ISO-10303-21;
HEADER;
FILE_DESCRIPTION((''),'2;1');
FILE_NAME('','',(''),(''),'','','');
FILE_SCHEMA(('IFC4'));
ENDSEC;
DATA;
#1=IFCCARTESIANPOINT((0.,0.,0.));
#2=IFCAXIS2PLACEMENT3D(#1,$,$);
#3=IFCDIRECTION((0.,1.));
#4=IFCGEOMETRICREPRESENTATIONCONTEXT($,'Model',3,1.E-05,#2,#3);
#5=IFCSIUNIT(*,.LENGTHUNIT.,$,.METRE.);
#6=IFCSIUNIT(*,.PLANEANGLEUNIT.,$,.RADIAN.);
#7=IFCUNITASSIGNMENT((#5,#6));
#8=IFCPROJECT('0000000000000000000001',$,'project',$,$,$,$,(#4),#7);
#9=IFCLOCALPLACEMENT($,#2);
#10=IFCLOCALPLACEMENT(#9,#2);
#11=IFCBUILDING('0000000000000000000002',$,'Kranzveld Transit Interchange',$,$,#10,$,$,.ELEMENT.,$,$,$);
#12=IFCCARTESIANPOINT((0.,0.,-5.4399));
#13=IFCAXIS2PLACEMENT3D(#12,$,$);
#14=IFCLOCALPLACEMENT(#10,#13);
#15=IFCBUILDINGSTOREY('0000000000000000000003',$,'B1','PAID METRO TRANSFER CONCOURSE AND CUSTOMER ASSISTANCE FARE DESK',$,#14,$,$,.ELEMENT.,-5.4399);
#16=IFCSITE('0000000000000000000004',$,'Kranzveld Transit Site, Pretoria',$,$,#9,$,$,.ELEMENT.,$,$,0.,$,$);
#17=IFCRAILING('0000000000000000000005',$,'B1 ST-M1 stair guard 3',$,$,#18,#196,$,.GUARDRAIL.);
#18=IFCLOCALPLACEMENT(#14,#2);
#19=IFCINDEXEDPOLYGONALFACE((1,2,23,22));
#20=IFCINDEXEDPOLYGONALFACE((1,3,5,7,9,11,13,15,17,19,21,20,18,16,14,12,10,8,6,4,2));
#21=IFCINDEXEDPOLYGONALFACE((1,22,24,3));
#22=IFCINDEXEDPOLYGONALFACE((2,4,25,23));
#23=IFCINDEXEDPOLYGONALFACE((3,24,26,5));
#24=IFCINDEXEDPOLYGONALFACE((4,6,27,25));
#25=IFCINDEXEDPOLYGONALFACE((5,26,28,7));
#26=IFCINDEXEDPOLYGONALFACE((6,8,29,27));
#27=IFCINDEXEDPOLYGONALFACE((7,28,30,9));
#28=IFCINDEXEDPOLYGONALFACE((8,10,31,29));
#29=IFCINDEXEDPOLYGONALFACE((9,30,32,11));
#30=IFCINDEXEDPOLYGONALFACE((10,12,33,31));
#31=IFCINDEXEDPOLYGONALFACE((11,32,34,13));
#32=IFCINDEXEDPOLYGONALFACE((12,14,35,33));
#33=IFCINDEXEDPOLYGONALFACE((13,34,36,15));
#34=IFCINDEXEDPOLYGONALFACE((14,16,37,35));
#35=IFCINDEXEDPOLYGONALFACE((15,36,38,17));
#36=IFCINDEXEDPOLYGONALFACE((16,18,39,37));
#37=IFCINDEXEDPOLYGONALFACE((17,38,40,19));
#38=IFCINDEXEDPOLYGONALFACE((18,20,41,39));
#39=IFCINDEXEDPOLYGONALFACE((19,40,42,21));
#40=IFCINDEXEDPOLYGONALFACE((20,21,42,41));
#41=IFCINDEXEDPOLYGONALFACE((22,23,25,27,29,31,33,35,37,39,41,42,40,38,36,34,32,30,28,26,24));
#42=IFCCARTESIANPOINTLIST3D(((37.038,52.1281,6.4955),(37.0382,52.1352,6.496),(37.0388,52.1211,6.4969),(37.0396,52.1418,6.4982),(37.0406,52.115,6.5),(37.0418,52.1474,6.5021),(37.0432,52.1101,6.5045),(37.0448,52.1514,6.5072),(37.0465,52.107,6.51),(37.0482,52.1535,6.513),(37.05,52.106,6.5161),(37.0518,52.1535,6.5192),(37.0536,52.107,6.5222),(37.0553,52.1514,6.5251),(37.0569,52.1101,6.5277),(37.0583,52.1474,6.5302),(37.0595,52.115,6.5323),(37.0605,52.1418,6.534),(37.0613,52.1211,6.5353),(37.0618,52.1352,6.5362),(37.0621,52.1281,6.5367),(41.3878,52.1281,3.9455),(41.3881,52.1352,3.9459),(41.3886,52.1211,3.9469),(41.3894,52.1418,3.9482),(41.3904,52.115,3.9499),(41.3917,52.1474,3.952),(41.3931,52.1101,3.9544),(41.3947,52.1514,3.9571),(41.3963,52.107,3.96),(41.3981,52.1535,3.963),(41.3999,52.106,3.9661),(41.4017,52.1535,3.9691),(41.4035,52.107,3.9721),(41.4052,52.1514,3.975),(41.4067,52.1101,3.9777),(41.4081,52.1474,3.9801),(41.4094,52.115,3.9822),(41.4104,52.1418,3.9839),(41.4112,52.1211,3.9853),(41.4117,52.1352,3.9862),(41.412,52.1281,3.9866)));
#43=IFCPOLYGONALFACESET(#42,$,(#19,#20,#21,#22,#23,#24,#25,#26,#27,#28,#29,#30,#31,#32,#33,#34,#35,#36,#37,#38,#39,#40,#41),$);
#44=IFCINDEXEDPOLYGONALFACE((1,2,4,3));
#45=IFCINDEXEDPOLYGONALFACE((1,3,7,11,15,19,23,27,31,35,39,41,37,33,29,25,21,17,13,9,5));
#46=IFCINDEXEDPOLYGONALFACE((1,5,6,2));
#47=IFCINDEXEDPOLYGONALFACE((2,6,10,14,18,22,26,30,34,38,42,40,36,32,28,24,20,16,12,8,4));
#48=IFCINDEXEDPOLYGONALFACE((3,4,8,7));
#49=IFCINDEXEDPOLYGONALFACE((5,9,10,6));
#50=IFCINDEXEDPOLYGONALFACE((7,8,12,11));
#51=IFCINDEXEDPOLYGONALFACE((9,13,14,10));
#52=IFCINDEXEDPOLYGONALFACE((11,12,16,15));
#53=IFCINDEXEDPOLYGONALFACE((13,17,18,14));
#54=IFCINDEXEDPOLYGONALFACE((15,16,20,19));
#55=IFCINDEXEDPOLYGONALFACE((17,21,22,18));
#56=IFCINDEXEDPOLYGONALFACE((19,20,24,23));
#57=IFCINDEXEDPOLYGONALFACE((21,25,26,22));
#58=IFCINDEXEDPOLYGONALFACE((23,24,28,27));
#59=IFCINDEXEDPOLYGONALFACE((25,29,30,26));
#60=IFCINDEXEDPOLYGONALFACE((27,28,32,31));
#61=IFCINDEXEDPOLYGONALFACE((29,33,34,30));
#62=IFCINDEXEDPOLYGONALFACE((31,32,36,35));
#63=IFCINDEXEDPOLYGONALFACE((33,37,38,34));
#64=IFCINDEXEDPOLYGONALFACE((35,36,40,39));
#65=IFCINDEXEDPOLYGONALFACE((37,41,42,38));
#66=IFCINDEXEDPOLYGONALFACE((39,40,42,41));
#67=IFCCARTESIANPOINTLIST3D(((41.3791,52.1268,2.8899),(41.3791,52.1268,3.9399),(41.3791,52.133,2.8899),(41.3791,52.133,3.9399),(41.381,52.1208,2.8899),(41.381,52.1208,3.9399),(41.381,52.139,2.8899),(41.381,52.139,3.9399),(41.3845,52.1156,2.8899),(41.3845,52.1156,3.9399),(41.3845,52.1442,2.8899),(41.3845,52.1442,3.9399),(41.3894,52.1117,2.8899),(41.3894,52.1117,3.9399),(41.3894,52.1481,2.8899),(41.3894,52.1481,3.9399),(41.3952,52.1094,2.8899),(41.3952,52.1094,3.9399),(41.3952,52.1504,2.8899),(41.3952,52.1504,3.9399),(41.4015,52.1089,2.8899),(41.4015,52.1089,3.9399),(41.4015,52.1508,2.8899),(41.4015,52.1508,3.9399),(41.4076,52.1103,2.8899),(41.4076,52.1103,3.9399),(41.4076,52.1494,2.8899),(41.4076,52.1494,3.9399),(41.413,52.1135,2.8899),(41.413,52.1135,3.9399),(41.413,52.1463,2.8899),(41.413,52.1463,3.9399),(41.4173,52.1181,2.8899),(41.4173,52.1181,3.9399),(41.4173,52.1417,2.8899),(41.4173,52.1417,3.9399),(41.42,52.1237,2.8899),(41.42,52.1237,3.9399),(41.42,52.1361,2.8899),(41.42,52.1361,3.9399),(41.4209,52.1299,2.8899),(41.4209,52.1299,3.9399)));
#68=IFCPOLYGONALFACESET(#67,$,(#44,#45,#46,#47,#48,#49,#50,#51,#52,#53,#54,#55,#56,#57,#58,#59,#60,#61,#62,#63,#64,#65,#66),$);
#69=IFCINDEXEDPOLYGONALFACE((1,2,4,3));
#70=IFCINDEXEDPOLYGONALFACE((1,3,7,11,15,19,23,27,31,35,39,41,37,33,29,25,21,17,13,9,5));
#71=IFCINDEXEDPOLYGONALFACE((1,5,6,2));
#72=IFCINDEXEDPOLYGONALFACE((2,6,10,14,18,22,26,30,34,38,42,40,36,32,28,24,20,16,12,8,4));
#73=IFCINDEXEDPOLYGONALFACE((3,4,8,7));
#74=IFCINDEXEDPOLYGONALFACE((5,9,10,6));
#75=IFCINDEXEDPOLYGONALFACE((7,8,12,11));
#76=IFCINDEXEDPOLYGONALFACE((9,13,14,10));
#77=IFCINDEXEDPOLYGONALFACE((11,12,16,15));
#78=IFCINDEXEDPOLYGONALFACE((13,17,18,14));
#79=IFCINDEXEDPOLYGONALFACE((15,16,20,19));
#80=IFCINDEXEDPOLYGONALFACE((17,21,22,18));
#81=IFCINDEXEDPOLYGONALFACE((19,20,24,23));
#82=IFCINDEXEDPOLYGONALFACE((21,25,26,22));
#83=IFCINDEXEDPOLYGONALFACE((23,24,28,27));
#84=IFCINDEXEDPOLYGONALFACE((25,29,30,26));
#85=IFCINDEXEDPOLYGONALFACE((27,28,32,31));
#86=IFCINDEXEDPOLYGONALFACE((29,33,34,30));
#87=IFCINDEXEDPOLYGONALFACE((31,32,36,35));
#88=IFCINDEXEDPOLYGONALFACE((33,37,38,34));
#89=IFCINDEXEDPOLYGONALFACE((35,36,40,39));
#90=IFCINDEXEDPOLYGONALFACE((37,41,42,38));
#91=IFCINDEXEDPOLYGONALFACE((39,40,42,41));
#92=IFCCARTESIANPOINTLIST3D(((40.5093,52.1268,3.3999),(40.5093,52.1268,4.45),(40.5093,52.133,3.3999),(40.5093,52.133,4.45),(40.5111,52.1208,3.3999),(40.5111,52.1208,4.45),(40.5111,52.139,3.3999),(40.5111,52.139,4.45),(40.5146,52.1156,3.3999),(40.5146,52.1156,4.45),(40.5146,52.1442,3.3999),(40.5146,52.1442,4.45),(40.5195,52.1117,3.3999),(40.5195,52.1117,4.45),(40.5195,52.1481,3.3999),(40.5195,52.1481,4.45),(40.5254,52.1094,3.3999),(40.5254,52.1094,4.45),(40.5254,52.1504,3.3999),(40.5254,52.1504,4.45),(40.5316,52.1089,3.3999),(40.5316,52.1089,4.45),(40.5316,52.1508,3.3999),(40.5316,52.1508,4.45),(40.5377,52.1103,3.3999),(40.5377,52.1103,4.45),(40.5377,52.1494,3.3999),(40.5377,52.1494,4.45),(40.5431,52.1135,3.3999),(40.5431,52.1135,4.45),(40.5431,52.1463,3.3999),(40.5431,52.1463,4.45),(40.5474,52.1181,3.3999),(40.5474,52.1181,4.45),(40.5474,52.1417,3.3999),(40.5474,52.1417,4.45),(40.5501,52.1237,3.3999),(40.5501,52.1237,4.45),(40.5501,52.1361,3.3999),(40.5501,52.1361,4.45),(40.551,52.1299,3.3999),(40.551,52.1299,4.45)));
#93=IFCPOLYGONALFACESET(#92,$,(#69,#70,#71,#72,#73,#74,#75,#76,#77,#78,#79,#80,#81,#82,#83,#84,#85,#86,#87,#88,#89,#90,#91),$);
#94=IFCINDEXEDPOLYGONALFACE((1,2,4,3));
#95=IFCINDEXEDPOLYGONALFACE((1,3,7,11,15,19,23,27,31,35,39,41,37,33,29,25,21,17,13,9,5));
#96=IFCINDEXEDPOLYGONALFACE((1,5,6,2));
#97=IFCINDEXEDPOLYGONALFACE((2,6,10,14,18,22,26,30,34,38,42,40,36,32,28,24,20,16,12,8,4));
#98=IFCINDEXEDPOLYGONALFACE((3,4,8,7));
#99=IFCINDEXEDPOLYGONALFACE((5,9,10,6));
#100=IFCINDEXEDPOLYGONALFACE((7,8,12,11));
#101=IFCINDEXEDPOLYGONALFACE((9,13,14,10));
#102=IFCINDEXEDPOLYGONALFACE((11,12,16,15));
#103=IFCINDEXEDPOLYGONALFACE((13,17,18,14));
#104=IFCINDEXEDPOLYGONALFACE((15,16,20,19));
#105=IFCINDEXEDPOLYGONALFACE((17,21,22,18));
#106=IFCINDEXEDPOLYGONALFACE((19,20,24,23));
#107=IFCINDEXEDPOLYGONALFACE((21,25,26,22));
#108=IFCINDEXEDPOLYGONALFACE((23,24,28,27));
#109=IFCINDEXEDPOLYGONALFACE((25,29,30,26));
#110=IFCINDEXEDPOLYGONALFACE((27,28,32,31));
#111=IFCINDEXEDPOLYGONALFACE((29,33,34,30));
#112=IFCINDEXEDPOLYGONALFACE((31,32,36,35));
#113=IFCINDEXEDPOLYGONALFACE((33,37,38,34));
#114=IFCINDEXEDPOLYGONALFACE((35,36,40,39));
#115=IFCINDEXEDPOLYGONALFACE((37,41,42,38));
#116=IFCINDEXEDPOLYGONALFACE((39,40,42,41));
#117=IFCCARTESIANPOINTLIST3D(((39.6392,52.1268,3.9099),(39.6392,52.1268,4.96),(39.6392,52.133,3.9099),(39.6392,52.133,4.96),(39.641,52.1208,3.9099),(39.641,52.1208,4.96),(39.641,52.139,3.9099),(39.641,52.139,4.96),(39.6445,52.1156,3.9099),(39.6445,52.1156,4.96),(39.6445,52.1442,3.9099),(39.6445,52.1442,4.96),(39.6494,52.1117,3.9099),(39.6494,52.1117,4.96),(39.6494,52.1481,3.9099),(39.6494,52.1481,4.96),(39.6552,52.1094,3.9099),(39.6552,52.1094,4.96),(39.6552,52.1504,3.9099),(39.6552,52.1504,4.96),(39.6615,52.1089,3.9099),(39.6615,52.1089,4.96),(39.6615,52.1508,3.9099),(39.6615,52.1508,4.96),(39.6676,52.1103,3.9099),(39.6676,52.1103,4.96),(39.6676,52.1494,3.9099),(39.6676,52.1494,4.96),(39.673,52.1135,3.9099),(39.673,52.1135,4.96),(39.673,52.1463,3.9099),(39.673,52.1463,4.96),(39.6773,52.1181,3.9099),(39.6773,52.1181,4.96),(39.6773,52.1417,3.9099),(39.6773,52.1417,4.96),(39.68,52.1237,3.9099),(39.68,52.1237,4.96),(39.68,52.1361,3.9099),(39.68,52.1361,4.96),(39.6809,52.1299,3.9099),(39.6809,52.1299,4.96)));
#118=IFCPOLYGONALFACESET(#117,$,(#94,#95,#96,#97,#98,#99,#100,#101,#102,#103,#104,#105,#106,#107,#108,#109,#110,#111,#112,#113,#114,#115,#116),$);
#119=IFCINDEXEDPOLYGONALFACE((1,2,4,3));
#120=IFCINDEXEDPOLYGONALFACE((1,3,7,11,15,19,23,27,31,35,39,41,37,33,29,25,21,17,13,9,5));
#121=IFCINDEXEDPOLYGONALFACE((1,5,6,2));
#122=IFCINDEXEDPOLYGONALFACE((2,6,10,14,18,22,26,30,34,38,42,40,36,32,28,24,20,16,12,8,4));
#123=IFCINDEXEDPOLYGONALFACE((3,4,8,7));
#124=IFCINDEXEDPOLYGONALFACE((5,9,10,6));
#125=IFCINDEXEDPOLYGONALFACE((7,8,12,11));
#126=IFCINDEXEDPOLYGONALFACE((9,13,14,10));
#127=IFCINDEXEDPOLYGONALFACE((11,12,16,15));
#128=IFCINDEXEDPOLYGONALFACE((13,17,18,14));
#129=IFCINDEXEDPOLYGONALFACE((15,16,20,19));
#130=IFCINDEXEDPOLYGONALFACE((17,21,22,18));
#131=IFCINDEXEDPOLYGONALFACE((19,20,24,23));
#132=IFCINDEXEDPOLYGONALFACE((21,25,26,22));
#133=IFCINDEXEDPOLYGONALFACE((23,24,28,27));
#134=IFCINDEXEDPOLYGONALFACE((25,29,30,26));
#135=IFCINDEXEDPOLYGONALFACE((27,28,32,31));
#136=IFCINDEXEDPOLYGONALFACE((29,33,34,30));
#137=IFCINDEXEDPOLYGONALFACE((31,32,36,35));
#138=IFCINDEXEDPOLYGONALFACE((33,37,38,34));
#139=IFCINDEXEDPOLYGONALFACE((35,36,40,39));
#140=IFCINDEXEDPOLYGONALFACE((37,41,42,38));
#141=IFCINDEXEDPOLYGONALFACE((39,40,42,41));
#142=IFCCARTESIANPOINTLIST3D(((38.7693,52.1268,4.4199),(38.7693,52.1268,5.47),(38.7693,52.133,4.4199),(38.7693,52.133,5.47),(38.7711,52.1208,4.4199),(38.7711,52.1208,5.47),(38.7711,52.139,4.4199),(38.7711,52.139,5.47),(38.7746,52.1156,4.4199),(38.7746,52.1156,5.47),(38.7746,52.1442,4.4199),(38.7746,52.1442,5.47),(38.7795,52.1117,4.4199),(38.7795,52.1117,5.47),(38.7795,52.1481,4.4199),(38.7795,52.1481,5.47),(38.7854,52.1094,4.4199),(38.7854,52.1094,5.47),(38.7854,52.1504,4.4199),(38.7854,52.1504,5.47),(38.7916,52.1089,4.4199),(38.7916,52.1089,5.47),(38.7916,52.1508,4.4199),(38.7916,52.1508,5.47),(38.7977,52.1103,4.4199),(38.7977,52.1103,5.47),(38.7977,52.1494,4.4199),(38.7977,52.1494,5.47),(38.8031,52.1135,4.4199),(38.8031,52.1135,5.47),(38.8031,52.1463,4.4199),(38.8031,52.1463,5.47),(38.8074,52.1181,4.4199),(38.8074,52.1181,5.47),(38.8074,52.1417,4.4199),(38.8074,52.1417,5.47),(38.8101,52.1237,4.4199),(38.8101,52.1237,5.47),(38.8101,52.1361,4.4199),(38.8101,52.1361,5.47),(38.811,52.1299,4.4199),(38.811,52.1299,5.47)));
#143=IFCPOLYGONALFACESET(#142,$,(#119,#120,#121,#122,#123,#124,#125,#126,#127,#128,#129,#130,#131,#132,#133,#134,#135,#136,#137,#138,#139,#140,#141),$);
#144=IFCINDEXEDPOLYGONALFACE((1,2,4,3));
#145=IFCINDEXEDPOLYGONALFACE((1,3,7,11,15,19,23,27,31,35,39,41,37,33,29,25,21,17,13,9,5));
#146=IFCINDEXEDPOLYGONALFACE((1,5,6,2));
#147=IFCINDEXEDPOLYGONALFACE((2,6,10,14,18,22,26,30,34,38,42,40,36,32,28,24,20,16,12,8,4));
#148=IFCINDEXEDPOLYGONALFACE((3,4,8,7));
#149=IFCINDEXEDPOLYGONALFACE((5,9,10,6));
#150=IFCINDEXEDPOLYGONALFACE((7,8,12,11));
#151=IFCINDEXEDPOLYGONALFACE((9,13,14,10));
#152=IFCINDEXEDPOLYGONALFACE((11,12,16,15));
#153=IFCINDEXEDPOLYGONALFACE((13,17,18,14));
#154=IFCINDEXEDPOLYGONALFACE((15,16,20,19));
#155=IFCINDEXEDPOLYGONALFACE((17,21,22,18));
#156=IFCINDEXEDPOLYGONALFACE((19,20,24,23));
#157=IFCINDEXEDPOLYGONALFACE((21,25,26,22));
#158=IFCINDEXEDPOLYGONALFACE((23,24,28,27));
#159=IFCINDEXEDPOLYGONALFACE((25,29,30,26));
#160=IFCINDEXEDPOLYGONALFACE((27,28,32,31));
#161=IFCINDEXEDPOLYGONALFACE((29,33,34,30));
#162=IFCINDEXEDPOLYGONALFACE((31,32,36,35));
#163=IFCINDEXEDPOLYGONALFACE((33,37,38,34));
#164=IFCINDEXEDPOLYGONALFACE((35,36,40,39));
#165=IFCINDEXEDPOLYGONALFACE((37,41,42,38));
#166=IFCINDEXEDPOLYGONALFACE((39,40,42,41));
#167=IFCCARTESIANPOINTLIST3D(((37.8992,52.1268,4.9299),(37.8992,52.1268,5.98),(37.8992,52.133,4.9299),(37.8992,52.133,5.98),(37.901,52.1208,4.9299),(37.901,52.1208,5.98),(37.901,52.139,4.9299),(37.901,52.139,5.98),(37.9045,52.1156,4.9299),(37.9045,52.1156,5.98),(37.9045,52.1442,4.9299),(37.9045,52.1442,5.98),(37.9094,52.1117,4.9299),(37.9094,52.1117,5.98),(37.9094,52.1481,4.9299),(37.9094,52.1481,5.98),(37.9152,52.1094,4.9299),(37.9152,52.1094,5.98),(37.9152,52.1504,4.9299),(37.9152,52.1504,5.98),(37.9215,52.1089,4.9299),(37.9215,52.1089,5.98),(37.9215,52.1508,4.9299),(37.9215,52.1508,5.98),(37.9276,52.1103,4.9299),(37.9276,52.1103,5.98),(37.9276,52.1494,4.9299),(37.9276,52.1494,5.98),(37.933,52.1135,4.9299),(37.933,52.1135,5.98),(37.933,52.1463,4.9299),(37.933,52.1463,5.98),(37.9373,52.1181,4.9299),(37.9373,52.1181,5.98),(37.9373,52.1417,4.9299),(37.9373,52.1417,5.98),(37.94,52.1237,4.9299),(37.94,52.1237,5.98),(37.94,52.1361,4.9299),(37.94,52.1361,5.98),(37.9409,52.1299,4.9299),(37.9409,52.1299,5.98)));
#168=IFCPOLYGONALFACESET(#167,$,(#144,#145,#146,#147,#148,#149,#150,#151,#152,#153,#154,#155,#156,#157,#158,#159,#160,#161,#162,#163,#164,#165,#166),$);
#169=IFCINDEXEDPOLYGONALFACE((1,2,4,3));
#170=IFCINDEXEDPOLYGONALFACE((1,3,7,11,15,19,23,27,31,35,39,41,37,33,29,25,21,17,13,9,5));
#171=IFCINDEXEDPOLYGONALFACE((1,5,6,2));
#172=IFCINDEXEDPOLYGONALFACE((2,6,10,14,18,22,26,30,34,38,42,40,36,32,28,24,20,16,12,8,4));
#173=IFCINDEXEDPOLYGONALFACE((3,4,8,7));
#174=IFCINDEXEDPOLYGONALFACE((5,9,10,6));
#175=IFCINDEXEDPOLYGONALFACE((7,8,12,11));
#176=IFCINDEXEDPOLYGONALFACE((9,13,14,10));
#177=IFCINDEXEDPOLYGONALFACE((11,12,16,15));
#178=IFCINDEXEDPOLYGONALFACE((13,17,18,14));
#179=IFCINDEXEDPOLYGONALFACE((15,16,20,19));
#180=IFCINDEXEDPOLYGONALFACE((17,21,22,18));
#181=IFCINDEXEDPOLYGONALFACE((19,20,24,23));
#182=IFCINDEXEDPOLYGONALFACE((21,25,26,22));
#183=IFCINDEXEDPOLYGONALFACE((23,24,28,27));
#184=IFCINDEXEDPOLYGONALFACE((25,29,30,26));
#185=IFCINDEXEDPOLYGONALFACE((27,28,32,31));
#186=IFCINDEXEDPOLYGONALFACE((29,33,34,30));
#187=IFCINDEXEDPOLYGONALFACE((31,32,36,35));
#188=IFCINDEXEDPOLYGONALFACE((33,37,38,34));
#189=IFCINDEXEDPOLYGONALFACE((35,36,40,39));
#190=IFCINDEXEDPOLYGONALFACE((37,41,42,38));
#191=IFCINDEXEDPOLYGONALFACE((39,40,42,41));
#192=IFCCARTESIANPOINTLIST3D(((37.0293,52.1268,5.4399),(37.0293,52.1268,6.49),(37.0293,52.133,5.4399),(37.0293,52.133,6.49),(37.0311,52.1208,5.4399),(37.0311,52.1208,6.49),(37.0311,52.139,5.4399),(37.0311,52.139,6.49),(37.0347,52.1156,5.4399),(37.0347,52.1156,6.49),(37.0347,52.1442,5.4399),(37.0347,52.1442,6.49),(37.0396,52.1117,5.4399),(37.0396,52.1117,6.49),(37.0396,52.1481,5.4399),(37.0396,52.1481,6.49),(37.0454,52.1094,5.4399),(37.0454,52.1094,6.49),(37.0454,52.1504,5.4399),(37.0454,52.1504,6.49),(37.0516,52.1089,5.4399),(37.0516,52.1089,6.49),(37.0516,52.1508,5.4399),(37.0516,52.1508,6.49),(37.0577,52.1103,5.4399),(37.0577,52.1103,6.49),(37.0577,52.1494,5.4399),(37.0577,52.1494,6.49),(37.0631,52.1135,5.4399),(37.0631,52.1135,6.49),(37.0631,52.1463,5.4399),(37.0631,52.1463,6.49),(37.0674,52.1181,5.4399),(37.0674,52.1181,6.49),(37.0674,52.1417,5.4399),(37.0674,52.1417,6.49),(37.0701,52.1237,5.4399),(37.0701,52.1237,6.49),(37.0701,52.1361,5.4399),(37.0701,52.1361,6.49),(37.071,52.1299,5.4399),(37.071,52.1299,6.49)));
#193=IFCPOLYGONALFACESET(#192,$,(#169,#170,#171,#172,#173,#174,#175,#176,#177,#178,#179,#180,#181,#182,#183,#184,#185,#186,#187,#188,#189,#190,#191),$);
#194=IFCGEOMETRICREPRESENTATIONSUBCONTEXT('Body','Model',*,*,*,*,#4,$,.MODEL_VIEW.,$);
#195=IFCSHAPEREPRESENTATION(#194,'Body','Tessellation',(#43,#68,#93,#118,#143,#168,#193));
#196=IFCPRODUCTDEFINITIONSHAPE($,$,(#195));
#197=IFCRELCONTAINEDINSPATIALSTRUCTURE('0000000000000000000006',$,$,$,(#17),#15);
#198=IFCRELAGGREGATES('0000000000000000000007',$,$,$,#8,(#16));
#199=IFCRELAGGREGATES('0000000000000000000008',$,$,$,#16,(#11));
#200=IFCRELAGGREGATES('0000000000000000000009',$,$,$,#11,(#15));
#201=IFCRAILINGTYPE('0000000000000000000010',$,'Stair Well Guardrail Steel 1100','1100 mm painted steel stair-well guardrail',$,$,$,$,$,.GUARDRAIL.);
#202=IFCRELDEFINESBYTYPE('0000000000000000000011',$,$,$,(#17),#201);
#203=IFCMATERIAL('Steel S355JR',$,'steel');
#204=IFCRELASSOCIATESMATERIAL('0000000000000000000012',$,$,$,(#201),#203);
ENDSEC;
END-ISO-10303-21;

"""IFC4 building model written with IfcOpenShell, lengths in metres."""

from ifc_helpers import new_model, si_unit, direction, frame, origin, origin_2d, place, context, subcontext, project, spatial, circle, extrude, material, type_object, element, save


model = new_model("IFC4")

# Units and contexts
model_context = context("Model", 3, precision=1e-05, world=origin(), true_north=direction((0.0, 1.0)))
body_context = subcontext(model_context, "Body", "Model", "MODEL_VIEW")
ifc_project = project(units=[si_unit("LENGTHUNIT", "METRE"), si_unit("PLANEANGLEUNIT", "RADIAN")], contexts=[model_context])

# Site, building, storey
site_placement = place(None, origin())
site = spatial("IfcSite", under=ifc_project, at=site_placement, Name="Kranzveld Transit Site, Pretoria", CompositionType="ELEMENT", RefElevation=0.0)
building_placement = place(site_placement, origin())
building = spatial("IfcBuilding", under=site, at=building_placement, Name="Kranzveld Transit Interchange", CompositionType="ELEMENT")
storey_placement = place(building_placement, frame((0.0, 0.0, -5.4399)))
storey = spatial("IfcBuildingStorey", under=building, at=storey_placement, Name="B1", Description="PAID METRO TRANSFER CONCOURSE AND CUSTOMER ASSISTANCE FARE DESK", CompositionType="ELEMENT", Elevation=-5.4399)

# Railing
ifc_material_1 = material(Name="Steel S355JR", Category="steel")
railing_type_1 = type_object("IfcRailingType", Name="Stair Well Guardrail Steel 1100", Description="1100 mm painted steel stair-well guardrail", PredefinedType="GUARDRAIL", material=ifc_material_1)
railing_1_placement = place(storey_placement, frame((41.3999, 52.1299, 2.8899)))
element("IfcRailing", 1, at=railing_1_placement, inside=storey, type_object=railing_type_1, Name="B1 ST-M1 stair guard 3", PredefinedType="GUARDRAIL", context=body_context, shape_type="SweptSolid", body=[
    extrude(circle(Radius=0.0239, at=origin_2d()), frame((0.0, 0.0, 1.0762), z_axis=(-0.862686, 0.0, 0.505739), x_axis=(0.0, -1.0, 0.0)), (0.0, 0.0, 1.0), 5.0422),
    extrude(circle(Radius=0.021, at=origin_2d()), origin(), (0.0, 0.0, 1.0), 1.05),
    extrude(circle(Radius=0.021, at=origin_2d()), frame((-0.8699, 0.0, 0.51)), (0.0, 0.0, 1.0), 1.05),
    extrude(circle(Radius=0.021, at=origin_2d()), frame((-1.74, 0.0, 1.02)), (0.0, 0.0, 1.0), 1.05),
    extrude(circle(Radius=0.021, at=origin_2d()), frame((-2.6099, 0.0, 1.53)), (0.0, 0.0, 1.0), 1.05),
    extrude(circle(Radius=0.021, at=origin_2d()), frame((-3.48, 0.0, 2.04)), (0.0, 0.0, 1.0), 1.05),
    extrude(circle(Radius=0.021, at=origin_2d()), frame((-4.3499, 0.0, 2.55)), (0.0, 0.0, 1.0), 1.05),
])

save(model, "model.ifc")
